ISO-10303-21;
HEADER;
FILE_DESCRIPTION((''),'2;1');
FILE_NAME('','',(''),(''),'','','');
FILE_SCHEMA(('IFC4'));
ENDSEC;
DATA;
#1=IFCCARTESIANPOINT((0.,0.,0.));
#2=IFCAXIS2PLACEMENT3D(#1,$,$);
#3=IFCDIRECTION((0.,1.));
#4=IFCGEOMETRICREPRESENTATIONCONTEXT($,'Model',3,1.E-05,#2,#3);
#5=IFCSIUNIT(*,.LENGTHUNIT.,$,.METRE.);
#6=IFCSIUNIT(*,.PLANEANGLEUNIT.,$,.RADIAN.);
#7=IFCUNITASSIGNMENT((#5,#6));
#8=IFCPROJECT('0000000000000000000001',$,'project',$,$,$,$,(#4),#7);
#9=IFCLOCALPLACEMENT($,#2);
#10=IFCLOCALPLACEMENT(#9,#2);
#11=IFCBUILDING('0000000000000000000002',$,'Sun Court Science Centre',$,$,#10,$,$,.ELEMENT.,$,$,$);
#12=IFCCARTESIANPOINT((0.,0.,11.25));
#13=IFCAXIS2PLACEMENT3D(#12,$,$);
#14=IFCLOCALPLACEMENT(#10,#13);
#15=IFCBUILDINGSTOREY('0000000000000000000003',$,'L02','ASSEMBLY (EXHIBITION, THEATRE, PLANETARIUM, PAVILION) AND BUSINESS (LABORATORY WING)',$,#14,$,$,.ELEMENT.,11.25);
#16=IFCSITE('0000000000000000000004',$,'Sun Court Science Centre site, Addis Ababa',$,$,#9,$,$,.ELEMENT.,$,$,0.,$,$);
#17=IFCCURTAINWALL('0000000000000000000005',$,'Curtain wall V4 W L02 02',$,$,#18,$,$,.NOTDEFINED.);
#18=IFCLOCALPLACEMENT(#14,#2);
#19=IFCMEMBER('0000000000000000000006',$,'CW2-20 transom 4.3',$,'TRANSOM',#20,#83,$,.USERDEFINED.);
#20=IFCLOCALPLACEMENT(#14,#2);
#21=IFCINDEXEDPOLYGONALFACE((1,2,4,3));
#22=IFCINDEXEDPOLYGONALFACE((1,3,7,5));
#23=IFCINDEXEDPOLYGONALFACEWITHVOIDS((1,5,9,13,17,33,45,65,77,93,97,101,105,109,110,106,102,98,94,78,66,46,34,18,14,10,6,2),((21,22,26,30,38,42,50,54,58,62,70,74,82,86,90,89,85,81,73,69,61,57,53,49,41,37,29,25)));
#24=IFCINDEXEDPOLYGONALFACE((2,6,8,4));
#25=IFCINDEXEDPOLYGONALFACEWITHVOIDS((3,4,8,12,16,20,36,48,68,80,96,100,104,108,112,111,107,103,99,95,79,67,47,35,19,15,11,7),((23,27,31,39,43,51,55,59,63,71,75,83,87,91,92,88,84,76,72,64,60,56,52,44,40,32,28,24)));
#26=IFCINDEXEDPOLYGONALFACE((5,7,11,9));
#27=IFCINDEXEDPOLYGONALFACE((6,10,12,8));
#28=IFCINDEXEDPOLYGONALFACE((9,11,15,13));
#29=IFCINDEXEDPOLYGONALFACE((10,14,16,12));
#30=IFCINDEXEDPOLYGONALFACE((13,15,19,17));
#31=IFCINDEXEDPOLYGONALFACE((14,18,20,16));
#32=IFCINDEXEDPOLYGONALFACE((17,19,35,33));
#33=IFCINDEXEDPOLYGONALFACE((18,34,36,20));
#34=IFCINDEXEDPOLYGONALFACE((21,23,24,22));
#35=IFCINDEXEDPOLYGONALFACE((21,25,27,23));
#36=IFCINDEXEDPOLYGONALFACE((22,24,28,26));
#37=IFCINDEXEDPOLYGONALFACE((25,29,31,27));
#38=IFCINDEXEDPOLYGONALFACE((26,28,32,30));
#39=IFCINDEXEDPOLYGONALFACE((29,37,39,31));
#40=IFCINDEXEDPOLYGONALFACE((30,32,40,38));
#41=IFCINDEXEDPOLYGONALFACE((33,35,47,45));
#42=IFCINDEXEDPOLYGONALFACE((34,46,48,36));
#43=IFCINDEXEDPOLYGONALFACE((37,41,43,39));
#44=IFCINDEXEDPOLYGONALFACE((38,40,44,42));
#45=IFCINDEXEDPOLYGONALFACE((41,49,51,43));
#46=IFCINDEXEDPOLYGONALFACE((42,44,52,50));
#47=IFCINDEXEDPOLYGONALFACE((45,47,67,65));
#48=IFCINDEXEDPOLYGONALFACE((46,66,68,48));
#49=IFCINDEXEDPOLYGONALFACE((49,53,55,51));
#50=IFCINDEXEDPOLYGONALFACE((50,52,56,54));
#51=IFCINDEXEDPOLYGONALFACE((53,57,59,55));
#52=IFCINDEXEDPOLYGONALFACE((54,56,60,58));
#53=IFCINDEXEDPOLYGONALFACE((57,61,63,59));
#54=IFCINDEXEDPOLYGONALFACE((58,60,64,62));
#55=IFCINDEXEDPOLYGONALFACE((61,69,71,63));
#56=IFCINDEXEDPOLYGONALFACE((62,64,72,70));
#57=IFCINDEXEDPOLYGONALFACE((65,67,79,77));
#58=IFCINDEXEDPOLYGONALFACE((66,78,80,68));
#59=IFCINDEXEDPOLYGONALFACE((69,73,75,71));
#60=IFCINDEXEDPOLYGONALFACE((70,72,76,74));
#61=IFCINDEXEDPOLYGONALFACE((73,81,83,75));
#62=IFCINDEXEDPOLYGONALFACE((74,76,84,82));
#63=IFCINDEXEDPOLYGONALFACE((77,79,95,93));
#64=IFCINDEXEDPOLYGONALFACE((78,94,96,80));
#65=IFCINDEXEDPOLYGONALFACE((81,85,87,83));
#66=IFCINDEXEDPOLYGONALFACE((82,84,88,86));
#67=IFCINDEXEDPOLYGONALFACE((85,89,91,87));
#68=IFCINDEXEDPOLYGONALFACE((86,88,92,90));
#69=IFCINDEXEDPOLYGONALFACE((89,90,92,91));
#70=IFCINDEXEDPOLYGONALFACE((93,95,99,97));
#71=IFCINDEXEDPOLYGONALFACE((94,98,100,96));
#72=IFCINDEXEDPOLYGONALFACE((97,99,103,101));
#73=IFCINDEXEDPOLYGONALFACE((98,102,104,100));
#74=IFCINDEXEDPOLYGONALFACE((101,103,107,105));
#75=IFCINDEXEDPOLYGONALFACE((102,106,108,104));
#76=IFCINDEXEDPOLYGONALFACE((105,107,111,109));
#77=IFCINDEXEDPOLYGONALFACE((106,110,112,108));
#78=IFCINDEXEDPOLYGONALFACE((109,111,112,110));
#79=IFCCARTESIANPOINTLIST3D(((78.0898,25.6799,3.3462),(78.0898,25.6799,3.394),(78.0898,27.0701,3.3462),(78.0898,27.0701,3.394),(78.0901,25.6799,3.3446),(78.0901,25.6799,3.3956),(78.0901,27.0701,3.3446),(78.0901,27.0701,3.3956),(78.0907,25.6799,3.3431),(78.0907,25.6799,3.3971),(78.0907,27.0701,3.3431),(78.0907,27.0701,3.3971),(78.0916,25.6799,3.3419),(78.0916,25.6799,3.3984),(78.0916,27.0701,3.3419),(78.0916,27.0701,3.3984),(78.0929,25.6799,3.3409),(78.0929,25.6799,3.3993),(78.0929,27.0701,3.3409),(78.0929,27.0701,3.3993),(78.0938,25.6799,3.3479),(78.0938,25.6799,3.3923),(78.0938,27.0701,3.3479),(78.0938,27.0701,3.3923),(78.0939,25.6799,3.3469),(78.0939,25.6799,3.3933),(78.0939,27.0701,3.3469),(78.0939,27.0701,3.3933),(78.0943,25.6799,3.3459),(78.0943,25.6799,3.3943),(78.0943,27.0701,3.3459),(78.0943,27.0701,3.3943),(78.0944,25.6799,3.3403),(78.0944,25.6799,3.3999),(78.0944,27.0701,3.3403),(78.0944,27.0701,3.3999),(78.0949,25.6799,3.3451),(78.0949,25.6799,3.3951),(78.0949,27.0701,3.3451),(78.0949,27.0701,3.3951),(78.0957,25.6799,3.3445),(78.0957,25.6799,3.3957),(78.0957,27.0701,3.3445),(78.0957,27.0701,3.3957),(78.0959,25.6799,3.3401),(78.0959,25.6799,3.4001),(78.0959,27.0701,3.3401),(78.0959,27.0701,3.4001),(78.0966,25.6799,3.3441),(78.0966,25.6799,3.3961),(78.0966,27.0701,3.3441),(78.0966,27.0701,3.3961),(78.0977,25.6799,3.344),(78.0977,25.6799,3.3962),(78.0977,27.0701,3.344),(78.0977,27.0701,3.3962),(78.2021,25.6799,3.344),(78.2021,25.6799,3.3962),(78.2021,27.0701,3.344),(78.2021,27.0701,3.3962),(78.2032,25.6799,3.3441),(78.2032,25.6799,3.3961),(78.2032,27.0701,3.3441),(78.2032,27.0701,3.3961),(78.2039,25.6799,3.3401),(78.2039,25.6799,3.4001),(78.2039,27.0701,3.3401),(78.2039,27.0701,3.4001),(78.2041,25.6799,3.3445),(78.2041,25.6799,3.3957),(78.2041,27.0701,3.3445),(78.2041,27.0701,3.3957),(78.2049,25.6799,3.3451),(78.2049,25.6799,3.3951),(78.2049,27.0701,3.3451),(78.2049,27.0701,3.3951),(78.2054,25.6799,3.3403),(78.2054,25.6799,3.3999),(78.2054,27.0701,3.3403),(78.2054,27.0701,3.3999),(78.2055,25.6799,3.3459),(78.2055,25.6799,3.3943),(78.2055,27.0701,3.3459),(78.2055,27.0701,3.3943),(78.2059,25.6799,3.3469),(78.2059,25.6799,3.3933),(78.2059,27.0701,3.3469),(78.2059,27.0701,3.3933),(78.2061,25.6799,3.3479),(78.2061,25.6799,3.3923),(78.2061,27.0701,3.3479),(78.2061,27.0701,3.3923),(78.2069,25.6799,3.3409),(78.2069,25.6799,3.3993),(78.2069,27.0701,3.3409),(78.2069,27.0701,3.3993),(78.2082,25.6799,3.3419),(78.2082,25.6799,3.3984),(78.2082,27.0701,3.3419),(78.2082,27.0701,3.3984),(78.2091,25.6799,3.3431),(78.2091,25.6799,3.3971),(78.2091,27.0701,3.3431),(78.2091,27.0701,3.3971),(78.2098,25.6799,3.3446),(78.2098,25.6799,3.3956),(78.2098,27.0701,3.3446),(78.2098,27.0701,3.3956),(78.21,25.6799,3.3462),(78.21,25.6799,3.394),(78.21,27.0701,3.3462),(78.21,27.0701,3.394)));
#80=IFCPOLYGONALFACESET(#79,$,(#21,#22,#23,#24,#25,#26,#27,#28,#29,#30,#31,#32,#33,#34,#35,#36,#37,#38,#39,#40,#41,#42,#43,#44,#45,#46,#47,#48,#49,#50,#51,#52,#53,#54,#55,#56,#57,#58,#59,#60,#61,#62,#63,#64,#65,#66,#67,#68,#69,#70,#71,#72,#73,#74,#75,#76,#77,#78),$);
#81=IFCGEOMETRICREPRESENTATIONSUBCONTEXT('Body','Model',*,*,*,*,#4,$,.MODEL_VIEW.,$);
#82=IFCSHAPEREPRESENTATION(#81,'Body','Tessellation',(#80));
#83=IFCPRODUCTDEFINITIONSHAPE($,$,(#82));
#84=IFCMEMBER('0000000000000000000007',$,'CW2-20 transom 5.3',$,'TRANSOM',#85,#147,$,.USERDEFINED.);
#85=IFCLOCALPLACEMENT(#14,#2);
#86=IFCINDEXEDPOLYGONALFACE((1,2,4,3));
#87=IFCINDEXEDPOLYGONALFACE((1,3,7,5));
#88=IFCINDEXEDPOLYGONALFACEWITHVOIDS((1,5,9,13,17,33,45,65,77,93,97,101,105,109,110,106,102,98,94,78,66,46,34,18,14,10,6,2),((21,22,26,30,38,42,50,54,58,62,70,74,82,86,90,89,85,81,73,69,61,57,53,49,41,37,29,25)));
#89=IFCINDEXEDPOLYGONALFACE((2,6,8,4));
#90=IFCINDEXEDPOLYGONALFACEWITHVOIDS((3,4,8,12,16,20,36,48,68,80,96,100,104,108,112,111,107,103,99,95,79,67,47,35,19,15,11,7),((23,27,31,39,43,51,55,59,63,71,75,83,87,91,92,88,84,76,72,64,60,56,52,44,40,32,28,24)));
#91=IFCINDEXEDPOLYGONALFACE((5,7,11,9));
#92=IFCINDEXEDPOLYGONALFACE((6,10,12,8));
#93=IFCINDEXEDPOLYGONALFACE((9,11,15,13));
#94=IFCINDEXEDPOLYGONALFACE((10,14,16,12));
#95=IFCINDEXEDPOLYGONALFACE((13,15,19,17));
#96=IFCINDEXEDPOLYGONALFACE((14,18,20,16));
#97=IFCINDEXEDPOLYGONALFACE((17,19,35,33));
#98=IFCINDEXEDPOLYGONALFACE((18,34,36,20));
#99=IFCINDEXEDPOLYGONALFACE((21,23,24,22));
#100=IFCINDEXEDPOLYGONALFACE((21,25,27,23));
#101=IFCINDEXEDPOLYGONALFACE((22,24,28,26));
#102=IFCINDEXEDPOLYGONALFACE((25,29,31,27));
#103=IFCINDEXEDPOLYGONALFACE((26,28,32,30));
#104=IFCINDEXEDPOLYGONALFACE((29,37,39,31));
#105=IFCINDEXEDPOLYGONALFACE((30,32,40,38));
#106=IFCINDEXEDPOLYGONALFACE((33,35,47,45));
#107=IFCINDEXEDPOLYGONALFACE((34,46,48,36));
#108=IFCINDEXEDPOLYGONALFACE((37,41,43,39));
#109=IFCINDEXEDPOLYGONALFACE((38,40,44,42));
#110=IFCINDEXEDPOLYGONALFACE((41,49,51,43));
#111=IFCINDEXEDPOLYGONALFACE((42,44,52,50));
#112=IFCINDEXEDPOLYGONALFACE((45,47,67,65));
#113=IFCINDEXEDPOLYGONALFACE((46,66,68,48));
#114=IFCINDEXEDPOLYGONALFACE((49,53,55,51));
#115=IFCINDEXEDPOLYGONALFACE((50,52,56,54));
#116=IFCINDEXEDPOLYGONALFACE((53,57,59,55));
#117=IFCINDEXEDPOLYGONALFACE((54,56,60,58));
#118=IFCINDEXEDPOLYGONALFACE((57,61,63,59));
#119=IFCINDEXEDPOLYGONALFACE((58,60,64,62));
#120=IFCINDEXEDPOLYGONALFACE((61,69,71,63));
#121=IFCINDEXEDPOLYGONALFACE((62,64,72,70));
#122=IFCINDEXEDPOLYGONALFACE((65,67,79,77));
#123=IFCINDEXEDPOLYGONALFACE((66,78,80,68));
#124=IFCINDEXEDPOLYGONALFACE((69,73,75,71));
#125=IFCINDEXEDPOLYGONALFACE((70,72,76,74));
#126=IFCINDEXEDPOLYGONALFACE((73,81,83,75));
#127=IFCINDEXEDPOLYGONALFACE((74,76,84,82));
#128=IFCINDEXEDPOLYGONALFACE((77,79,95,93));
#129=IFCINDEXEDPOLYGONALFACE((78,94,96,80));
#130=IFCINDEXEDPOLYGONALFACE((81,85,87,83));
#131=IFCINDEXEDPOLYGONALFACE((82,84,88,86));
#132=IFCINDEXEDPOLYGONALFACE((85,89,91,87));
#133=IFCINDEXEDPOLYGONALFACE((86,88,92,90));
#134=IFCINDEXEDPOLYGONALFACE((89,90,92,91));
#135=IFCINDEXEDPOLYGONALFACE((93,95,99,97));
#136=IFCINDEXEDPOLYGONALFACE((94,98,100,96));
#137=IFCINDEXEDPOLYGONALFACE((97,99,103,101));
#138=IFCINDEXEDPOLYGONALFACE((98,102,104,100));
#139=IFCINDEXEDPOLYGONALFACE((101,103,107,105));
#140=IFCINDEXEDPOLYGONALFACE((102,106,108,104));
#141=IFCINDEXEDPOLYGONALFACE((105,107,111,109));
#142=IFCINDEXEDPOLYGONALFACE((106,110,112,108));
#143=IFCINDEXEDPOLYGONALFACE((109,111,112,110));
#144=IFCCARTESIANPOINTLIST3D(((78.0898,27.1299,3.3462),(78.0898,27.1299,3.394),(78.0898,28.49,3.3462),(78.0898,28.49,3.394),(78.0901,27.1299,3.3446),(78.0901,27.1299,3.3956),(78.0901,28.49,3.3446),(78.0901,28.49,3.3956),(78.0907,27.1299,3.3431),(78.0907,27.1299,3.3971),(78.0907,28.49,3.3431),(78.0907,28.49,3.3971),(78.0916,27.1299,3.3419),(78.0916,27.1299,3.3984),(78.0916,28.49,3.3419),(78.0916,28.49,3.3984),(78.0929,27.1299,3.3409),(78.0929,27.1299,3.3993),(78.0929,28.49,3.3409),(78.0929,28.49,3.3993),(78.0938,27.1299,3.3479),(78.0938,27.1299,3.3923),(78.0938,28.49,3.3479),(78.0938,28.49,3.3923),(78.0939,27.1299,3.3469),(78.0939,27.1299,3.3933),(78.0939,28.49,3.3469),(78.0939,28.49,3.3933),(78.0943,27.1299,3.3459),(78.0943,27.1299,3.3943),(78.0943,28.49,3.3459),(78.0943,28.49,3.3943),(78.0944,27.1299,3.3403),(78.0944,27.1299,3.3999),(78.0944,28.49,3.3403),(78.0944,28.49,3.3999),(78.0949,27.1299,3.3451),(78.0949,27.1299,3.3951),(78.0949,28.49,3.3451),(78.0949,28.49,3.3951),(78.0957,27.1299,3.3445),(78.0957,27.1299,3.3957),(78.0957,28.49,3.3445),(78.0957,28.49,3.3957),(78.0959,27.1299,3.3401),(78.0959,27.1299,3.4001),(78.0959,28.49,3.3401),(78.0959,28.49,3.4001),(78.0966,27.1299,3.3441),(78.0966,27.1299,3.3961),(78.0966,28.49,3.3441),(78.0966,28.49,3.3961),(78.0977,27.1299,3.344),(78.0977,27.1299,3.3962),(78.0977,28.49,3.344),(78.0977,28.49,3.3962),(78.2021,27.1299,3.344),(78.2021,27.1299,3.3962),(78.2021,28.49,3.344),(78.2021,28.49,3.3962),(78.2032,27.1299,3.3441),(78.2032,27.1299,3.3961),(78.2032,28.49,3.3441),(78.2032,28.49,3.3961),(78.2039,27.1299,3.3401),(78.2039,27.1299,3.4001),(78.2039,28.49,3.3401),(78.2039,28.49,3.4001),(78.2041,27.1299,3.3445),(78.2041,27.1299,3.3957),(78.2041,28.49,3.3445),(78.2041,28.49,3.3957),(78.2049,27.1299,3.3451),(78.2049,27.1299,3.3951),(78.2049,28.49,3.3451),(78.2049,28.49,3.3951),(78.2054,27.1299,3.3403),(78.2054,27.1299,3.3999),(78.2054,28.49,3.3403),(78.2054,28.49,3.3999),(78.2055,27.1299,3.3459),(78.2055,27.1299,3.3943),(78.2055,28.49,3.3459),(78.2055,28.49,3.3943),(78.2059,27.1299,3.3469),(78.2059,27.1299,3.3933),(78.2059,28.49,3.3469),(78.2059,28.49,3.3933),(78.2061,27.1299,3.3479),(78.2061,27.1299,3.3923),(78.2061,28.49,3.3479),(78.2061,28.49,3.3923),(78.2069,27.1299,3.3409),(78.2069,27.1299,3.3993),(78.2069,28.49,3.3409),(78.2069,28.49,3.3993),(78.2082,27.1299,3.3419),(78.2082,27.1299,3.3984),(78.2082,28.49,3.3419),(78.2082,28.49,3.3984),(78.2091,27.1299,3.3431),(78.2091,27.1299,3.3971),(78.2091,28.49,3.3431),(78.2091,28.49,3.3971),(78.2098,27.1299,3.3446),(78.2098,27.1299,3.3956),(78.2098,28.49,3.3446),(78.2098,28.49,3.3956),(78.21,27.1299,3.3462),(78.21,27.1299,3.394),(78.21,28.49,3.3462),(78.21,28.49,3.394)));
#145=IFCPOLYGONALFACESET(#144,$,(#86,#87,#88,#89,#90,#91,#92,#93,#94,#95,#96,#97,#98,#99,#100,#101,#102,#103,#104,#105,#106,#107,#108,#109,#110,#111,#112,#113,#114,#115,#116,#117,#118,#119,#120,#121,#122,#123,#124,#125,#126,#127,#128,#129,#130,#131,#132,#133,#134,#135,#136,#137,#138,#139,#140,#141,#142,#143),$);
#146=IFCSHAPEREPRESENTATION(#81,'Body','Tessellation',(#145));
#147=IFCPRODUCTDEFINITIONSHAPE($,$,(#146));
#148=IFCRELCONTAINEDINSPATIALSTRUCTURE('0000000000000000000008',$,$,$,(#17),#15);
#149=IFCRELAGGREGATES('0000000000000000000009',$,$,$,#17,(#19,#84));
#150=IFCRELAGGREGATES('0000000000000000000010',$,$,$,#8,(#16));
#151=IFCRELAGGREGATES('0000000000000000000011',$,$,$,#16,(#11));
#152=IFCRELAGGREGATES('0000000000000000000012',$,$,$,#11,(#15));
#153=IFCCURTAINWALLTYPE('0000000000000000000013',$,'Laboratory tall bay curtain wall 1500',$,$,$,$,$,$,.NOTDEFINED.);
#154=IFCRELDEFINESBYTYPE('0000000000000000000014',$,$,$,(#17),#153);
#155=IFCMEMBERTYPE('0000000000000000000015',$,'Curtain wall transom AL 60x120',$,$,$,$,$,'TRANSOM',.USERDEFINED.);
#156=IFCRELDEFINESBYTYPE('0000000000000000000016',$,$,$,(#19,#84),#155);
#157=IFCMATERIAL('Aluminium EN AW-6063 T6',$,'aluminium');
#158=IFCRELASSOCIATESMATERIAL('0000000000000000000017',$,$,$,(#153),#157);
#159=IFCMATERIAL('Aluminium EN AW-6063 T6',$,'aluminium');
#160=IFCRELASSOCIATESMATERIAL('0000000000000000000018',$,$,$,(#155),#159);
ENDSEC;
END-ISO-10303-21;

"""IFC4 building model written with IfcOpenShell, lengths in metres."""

from ifc_helpers import new_model, si_unit, direction, frame, origin, origin_2d, place, context, subcontext, project, spatial, hollow_rectangle, extrude, material, material_profile, profile_set, type_object, element, aggregate, save


model = new_model("IFC4")

# Units and contexts
model_context = context("Model", 3, precision=1e-05, world=origin(), true_north=direction((0.0, 1.0)))
body_context = subcontext(model_context, "Body", "Model", "MODEL_VIEW")
ifc_project = project(units=[si_unit("LENGTHUNIT", "METRE"), si_unit("PLANEANGLEUNIT", "RADIAN")], contexts=[model_context])

# Site, building, storey
site_placement = place(None, origin())
site = spatial("IfcSite", under=ifc_project, at=site_placement, Name="Sun Court Science Centre site, Addis Ababa", CompositionType="ELEMENT", RefElevation=0.0)
building_placement = place(site_placement, origin())
building = spatial("IfcBuilding", under=site, at=building_placement, Name="Sun Court Science Centre", CompositionType="ELEMENT")
storey_placement = place(building_placement, frame((0.0, 0.0, 11.25)))
storey = spatial("IfcBuildingStorey", under=building, at=storey_placement, Name="L02", Description="ASSEMBLY (EXHIBITION, THEATRE, PLANETARIUM, PAVILION) AND BUSINESS (LABORATORY WING)", CompositionType="ELEMENT", Elevation=11.25)

# Curtain wall
ifc_material_1 = material(Name="Aluminium EN AW-6063 T6", Category="aluminium")
curtain_wall_type = type_object("IfcCurtainWallType", Name="Laboratory tall bay curtain wall 1500", PredefinedType="NOTDEFINED", material=ifc_material_1)
curtain_wall_1_placement = place(storey_placement, origin())
curtain_wall_1 = element("IfcCurtainWall", 1, at=curtain_wall_1_placement, inside=storey, type_object=curtain_wall_type, Name="Curtain wall V4 W L02 02", PredefinedType="NOTDEFINED")

# Members
ifc_material_2 = material(Name="Aluminium EN AW-6063 T6", Category="aluminium")
ifc_material_profile_1 = material_profile(ifc_material_2, hollow_rectangle(XDim=0.0601, YDim=0.1201, WallThickness=0.0039, InnerFilletRadius=0.0039, OuterFilletRadius=0.0061, at=origin_2d()), Name="AL 60x120x4")
ifc_profile_set_1 = profile_set([ifc_material_profile_1], Name="Aluminium EN AW-6063 T6")
member_type_1 = type_object("IfcMemberType", Name="Curtain wall transom AL 60x120", ElementType="TRANSOM", PredefinedType="USERDEFINED", material=ifc_profile_set_1)
member_1_placement = place(storey_placement, frame((78.1499, 25.6799, 3.3701), z_axis=(0.0, 1.0, 0.0), x_axis=(0.0, 0.0, 1.0)))
member_1 = element("IfcMember", 2, at=member_1_placement, type_object=member_type_1, Name="CW2-20 transom 4.3", ObjectType="TRANSOM", PredefinedType="USERDEFINED", context=body_context, shape_type="SweptSolid", body=[
    extrude(hollow_rectangle(XDim=0.0601, YDim=0.1201, WallThickness=0.0039, InnerFilletRadius=0.0039, OuterFilletRadius=0.0061, at=origin_2d()), origin(), (0.0, 0.0, 1.0), 1.3901),
])
member_2_placement = place(storey_placement, frame((78.1499, 27.1299, 3.3701), z_axis=(0.0, 1.0, 0.0), x_axis=(0.0, 0.0, 1.0)))
member_2 = element("IfcMember", 3, at=member_2_placement, type_object=member_type_1, Name="CW2-20 transom 5.3", ObjectType="TRANSOM", PredefinedType="USERDEFINED", context=body_context, shape_type="SweptSolid", body=[
    extrude(hollow_rectangle(XDim=0.0601, YDim=0.1201, WallThickness=0.0039, InnerFilletRadius=0.0039, OuterFilletRadius=0.0061, at=origin_2d()), origin(), (0.0, 0.0, 1.0), 1.3601),
])

aggregate(curtain_wall_1, [member_1, member_2])

save(model, "model.ifc")
